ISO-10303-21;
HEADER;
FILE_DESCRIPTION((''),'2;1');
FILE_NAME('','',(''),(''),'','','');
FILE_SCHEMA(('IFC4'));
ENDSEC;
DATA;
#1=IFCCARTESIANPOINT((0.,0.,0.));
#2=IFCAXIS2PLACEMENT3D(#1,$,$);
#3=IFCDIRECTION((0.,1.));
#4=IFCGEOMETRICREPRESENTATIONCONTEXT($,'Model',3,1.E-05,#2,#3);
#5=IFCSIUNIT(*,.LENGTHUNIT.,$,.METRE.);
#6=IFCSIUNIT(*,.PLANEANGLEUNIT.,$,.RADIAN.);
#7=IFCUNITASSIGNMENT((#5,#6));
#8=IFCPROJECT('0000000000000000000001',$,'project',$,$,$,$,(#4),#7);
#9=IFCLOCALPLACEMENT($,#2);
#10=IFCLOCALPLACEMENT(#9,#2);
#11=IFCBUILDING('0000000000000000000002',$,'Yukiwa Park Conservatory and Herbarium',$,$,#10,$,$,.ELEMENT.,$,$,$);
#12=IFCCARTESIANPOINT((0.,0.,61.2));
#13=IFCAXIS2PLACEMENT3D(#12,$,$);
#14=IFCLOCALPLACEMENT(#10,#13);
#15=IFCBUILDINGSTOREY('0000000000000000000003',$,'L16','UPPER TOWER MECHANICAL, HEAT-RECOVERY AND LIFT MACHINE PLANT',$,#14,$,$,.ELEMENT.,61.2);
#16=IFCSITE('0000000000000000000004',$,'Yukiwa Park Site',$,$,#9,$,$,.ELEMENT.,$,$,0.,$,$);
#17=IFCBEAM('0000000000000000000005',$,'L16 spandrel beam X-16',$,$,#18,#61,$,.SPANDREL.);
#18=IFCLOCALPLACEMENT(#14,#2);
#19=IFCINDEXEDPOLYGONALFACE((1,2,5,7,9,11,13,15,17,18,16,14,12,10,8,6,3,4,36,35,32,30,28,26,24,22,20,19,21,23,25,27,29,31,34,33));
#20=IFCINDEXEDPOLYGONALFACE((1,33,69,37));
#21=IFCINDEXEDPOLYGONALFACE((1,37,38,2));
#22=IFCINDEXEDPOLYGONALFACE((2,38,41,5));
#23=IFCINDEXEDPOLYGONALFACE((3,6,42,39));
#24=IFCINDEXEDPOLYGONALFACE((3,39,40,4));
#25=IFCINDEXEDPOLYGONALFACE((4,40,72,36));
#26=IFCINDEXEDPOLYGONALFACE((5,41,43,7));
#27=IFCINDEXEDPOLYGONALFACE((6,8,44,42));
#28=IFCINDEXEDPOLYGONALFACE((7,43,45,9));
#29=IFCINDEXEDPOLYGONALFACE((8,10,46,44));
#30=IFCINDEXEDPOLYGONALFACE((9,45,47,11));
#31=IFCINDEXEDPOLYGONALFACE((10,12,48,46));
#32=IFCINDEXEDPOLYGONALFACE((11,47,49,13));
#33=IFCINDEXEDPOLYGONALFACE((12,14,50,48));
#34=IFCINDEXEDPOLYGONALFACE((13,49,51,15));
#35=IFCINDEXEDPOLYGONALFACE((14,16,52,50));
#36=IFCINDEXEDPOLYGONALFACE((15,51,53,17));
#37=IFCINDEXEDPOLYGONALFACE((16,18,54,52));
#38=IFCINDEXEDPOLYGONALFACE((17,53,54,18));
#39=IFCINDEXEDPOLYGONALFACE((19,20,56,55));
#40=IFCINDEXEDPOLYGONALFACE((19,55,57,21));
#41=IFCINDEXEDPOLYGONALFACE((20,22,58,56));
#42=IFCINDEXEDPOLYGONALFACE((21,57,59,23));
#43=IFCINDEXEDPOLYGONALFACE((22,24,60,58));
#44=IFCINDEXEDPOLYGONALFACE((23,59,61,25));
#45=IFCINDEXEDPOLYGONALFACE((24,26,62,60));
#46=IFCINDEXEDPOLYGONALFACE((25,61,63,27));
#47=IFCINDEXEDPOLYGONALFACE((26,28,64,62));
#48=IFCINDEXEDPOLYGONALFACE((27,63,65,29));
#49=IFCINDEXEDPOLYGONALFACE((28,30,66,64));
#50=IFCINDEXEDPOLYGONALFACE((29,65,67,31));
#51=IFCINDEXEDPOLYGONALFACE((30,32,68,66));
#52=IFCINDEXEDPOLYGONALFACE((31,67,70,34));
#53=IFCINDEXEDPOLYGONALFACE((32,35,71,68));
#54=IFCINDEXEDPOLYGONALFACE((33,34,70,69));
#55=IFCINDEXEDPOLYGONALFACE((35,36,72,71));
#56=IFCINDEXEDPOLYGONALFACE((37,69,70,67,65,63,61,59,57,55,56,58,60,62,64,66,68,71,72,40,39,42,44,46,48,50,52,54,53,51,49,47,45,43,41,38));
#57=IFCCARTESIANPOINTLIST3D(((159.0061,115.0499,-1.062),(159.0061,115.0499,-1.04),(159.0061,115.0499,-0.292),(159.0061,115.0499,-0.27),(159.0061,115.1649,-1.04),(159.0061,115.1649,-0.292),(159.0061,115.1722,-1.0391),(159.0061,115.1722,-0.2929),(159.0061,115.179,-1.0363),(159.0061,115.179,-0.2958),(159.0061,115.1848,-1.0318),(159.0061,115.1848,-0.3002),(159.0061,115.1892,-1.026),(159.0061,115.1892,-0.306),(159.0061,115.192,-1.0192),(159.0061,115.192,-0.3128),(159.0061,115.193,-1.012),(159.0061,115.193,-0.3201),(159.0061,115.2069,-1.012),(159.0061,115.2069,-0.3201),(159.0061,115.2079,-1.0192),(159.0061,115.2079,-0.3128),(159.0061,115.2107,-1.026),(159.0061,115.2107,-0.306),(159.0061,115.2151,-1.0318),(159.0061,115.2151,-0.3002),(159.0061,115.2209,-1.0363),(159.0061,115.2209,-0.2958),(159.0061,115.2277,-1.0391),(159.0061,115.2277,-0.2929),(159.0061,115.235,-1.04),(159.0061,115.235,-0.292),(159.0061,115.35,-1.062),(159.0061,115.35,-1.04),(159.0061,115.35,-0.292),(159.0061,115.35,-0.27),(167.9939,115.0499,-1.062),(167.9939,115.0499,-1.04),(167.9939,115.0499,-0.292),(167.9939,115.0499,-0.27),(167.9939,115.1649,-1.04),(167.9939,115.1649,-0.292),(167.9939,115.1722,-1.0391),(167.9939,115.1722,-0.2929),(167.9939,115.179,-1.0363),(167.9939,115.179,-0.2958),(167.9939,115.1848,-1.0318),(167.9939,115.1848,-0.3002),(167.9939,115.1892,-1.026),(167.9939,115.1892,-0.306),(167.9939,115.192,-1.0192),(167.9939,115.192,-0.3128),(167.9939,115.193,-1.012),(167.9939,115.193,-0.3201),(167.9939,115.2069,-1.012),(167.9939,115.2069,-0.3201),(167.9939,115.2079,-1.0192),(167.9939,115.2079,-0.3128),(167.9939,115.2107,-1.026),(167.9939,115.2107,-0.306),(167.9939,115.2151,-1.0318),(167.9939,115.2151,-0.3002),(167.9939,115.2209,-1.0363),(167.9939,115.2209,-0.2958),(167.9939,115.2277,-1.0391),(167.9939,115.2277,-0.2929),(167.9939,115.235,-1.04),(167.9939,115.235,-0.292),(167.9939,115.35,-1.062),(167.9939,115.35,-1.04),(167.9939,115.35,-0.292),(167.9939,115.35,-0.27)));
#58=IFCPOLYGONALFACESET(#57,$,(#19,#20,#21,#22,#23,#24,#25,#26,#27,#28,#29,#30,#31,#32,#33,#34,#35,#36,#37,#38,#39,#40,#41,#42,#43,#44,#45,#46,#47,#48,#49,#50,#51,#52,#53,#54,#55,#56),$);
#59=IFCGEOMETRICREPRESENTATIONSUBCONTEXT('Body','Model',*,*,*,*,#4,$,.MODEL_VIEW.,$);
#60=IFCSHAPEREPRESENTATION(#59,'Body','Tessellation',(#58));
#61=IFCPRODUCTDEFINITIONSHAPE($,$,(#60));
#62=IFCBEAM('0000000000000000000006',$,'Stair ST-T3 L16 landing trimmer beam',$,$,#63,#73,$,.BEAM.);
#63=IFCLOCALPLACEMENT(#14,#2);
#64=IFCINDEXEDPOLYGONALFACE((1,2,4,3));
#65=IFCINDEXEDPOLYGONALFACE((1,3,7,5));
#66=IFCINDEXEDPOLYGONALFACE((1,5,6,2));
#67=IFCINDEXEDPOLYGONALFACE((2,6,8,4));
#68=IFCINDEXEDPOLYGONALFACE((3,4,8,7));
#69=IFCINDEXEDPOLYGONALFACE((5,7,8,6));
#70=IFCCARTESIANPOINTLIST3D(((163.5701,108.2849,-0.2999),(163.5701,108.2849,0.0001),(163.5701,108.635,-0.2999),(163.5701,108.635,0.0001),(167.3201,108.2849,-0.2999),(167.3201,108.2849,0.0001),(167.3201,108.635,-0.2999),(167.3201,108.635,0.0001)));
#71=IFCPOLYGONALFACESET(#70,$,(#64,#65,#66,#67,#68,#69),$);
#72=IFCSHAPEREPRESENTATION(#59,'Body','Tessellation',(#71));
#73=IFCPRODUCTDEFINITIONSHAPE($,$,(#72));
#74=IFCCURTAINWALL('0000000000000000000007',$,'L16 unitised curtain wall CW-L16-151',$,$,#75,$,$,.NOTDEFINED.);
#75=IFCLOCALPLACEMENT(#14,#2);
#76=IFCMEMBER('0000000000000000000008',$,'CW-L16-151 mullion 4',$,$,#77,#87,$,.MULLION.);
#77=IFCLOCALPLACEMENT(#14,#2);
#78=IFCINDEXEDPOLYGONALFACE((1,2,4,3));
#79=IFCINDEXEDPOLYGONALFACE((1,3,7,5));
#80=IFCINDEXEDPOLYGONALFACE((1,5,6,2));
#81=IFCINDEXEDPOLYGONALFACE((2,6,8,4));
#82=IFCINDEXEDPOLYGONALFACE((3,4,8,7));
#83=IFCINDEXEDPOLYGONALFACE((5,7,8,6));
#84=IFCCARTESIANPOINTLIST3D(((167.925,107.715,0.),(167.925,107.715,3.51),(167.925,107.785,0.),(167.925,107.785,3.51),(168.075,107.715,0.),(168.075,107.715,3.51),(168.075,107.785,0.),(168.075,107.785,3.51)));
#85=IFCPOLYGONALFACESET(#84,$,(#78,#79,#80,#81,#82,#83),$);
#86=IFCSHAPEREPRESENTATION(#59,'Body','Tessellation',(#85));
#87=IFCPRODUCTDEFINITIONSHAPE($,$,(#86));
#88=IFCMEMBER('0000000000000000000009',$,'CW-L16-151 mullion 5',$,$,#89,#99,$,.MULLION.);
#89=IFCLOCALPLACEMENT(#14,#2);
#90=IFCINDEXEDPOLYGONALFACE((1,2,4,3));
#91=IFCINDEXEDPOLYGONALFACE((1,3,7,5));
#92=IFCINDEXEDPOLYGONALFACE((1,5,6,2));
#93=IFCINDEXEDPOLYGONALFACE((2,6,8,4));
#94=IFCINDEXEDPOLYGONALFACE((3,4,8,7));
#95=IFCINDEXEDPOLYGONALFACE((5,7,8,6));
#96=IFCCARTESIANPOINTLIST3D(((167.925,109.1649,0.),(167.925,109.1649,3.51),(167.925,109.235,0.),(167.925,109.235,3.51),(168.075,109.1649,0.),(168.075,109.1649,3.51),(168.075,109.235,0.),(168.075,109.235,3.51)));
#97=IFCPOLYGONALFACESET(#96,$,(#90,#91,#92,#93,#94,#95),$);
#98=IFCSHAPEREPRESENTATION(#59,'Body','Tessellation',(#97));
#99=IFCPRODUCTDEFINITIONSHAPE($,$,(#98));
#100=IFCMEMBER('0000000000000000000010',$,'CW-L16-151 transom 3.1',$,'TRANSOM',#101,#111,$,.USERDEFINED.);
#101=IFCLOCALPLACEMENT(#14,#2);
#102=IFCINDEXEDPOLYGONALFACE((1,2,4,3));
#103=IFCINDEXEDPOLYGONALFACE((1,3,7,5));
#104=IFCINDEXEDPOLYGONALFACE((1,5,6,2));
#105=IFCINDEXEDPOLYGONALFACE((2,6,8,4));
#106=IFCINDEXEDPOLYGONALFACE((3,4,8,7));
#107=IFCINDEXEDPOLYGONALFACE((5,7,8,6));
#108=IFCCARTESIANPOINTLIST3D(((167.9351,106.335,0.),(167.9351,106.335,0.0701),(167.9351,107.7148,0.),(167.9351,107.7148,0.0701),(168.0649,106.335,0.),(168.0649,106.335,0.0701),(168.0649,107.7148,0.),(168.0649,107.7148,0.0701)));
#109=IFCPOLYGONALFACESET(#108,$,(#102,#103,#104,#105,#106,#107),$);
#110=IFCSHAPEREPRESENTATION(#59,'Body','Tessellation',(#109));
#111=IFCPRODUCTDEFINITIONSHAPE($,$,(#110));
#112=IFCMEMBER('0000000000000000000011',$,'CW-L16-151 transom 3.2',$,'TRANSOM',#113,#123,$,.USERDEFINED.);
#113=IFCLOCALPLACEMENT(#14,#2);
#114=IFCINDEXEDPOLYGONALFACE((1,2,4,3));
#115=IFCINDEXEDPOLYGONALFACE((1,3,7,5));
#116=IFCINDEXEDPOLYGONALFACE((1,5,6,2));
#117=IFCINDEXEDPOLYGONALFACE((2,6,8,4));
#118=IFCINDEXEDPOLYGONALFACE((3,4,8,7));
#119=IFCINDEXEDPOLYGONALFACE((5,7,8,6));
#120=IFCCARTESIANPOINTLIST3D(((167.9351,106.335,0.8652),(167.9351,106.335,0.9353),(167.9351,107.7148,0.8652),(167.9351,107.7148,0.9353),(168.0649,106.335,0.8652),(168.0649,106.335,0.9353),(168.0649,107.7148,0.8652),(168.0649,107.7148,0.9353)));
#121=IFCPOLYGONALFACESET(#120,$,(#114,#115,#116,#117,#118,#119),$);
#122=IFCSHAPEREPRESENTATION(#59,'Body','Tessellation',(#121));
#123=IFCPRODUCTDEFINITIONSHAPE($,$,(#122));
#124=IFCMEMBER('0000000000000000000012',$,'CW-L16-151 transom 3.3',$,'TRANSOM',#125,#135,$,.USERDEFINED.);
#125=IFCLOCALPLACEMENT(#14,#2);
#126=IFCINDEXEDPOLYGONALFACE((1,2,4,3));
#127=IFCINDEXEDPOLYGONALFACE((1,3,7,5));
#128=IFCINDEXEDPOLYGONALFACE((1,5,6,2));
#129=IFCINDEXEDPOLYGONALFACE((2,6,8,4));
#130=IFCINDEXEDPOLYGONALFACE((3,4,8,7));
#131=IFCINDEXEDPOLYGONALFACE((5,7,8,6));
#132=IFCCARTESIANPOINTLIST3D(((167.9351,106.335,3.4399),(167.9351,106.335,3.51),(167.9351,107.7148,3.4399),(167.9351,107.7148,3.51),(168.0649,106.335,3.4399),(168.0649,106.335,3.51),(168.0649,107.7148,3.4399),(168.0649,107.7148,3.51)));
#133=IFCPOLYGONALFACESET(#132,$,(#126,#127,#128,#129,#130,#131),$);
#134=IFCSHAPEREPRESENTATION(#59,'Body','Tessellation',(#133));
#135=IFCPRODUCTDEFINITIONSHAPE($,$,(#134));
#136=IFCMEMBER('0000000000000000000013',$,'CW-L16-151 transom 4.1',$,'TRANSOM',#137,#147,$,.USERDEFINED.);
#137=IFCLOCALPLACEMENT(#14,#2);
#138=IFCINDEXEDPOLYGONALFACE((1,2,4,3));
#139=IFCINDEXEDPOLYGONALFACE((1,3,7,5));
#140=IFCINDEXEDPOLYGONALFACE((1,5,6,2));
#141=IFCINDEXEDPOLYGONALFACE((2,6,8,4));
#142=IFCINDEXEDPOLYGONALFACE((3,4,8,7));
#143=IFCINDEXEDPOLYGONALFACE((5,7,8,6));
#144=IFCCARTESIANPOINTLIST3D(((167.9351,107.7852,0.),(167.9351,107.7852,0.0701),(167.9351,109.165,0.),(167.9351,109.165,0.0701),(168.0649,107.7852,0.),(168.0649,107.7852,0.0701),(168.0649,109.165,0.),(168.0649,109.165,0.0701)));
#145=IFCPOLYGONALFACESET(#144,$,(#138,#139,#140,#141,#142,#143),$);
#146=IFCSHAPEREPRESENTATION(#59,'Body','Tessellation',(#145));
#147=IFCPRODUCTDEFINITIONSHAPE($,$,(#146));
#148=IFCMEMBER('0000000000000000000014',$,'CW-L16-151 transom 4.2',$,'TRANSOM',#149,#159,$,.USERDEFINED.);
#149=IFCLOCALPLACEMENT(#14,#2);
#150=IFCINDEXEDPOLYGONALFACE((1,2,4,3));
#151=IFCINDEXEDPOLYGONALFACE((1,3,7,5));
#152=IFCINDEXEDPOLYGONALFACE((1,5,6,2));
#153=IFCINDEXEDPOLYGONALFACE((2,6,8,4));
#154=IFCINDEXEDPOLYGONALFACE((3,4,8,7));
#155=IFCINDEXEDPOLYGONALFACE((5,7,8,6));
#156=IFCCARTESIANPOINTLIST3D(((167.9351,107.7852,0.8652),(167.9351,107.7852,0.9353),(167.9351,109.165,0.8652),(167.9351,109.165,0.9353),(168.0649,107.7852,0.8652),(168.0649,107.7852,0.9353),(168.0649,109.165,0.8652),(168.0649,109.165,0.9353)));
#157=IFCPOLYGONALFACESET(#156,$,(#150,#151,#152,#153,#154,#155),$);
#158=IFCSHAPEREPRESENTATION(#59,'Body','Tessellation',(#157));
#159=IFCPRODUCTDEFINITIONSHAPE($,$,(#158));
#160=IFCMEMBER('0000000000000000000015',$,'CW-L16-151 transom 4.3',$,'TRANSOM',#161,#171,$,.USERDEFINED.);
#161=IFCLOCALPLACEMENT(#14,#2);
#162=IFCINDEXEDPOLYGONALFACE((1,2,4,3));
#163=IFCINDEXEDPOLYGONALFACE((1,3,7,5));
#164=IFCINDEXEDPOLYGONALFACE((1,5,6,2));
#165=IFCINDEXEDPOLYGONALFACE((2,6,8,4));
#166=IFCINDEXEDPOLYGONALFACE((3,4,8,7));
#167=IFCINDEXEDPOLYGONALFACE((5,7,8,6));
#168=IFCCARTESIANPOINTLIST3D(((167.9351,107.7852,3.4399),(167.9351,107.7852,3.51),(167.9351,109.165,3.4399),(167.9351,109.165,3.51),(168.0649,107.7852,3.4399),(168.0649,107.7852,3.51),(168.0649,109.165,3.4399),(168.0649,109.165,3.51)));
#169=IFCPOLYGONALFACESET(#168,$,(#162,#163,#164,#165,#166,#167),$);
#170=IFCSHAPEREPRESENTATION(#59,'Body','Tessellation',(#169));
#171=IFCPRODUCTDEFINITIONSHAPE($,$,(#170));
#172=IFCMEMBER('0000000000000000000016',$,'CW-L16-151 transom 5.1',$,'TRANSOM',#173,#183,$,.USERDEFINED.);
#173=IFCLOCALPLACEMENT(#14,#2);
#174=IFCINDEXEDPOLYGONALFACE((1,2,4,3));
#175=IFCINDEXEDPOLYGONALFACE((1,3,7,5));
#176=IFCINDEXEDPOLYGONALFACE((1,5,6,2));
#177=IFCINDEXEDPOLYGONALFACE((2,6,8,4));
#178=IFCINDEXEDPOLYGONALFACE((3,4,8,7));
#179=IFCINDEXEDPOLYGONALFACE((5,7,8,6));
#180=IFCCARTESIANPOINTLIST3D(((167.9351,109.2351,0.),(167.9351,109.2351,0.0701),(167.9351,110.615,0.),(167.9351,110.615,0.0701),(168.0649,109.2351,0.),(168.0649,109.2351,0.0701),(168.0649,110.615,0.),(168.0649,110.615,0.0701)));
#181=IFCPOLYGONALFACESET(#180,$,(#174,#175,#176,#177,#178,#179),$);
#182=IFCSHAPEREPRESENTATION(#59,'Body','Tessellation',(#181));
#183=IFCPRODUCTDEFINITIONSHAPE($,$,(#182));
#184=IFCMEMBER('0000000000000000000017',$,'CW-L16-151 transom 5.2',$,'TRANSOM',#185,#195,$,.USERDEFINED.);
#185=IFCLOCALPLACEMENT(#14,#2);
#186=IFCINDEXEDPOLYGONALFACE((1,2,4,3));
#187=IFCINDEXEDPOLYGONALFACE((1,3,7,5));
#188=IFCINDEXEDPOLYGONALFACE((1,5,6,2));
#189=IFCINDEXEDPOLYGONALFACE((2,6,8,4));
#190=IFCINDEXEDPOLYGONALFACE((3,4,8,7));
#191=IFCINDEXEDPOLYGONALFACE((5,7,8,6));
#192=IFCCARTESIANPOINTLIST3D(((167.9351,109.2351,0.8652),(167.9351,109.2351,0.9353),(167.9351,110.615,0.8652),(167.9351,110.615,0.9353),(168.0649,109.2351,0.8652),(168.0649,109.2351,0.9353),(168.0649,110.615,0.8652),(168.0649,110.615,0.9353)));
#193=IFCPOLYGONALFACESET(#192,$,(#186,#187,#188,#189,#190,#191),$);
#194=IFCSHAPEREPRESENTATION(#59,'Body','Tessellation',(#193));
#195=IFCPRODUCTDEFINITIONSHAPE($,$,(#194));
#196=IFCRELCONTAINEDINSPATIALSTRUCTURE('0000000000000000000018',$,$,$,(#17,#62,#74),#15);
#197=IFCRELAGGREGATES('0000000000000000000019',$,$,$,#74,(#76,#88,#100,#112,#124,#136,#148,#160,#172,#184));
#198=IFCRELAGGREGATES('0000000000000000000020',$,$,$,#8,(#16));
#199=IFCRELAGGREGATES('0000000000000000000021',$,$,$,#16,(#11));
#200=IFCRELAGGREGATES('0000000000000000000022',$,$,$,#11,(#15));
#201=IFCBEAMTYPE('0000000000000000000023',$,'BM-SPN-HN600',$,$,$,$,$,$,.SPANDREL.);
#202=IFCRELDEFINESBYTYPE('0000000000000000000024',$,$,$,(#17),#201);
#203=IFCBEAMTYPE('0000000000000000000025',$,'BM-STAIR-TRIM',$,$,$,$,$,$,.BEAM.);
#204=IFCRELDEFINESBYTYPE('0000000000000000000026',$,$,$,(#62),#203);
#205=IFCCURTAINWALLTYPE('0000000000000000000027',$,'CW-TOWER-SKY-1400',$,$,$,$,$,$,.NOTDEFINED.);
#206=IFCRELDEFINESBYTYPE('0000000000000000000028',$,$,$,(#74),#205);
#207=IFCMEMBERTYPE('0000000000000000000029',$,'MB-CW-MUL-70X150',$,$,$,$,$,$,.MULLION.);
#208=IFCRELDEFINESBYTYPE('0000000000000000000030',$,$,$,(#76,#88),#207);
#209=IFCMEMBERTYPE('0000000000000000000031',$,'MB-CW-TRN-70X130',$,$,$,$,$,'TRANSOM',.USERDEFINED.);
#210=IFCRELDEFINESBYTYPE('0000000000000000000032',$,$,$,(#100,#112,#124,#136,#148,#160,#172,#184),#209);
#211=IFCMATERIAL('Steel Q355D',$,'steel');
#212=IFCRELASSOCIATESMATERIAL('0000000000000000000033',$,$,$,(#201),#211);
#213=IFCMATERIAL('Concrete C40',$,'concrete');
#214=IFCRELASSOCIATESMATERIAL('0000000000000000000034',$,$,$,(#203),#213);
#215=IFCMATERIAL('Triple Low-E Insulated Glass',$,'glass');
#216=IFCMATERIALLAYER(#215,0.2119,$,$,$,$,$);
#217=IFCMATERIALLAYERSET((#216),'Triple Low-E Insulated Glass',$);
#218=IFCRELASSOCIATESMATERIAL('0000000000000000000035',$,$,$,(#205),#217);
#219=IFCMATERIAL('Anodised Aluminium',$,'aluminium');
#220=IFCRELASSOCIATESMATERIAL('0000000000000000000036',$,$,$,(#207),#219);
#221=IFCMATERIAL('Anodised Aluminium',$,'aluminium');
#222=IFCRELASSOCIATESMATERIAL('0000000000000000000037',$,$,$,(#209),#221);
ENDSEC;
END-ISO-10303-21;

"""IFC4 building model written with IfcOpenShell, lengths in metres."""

from ifc_helpers import new_model, si_unit, direction, frame, origin, origin_2d, place, context, subcontext, project, spatial, rectangle, i_section, extrude, material, layer, layer_set, material_profile, profile_set, type_object, element, aggregate, save


model = new_model("IFC4")

# Units and contexts
model_context = context("Model", 3, precision=1e-05, world=origin(), true_north=direction((0.0, 1.0)))
body_context = subcontext(model_context, "Body", "Model", "MODEL_VIEW")
ifc_project = project(units=[si_unit("LENGTHUNIT", "METRE"), si_unit("PLANEANGLEUNIT", "RADIAN")], contexts=[model_context])

# Site, building, storey
site_placement = place(None, origin())
site = spatial("IfcSite", under=ifc_project, at=site_placement, Name="Yukiwa Park Site", CompositionType="ELEMENT", RefElevation=0.0)
building_placement = place(site_placement, origin())
building = spatial("IfcBuilding", under=site, at=building_placement, Name="Yukiwa Park Conservatory and Herbarium", CompositionType="ELEMENT")
storey_placement = place(building_placement, frame((0.0, 0.0, 61.2)))
storey = spatial("IfcBuildingStorey", under=building, at=storey_placement, Name="L16", Description="UPPER TOWER MECHANICAL, HEAT-RECOVERY AND LIFT MACHINE PLANT", CompositionType="ELEMENT", Elevation=61.2)

# Beams
ifc_material_1 = material(Name="Steel Q355D", Category="steel")
ifc_material_profile_1 = material_profile(ifc_material_1, i_section(OverallWidth=0.3, OverallDepth=0.792, WebThickness=0.0139, FlangeThickness=0.022, FilletRadius=0.0281, at=origin_2d()), Name="HN 792x300x14x22")
ifc_profile_set_1 = profile_set([ifc_material_profile_1], Name="Steel Q355D")
beam_type_1 = type_object("IfcBeamType", Name="BM-SPN-HN600", PredefinedType="SPANDREL", material=ifc_profile_set_1)
beam_1_placement = place(storey_placement, frame((159.0061, 115.2, -0.666), z_axis=(1.0, 0.0, 0.0), x_axis=(0.0, 1.0, 0.0)))
element("IfcBeam", 1, at=beam_1_placement, inside=storey, type_object=beam_type_1, Name="L16 spandrel beam X-16", PredefinedType="SPANDREL", context=body_context, shape_type="SweptSolid", body=[
    extrude(i_section(OverallWidth=0.3, OverallDepth=0.792, WebThickness=0.0139, FlangeThickness=0.022, FilletRadius=0.0281, at=origin_2d()), origin(), (0.0, 0.0, 1.0), 8.9878),
])
ifc_material_2 = material(Name="Concrete C40", Category="concrete")
ifc_material_profile_2 = material_profile(ifc_material_2, rectangle(XDim=0.3501, YDim=0.3, at=origin_2d()), Name="RC 350x300")
ifc_profile_set_2 = profile_set([ifc_material_profile_2], Name="Concrete C40")
beam_type_2 = type_object("IfcBeamType", Name="BM-STAIR-TRIM", PredefinedType="BEAM", material=ifc_profile_set_2)
beam_2_placement = place(storey_placement, frame((163.5701, 108.46, -0.1499), z_axis=(1.0, 0.0, 0.0), x_axis=(0.0, 1.0, 0.0)))
element("IfcBeam", 2, at=beam_2_placement, inside=storey, type_object=beam_type_2, Name="Stair ST-T3 L16 landing trimmer beam", PredefinedType="BEAM", context=body_context, shape_type="SweptSolid", body=[
    extrude(rectangle(XDim=0.3501, YDim=0.3, at=origin_2d()), origin(), (0.0, 0.0, 1.0), 3.75),
])

# Curtain wall, members
ifc_material_3 = material(Name="Triple Low-E Insulated Glass", Category="glass")
ifc_layer_1 = layer(ifc_material_3, 0.2119)
ifc_layer_set_1 = layer_set([ifc_layer_1], Name="Triple Low-E Insulated Glass")
curtain_wall_type = type_object("IfcCurtainWallType", Name="CW-TOWER-SKY-1400", PredefinedType="NOTDEFINED", material=ifc_layer_set_1)
curtain_wall_placement = place(storey_placement, origin())
curtain_wall = element("IfcCurtainWall", 3, at=curtain_wall_placement, inside=storey, type_object=curtain_wall_type, Name="L16 unitised curtain wall CW-L16-151", PredefinedType="NOTDEFINED")
ifc_material_4 = material(Name="Anodised Aluminium", Category="aluminium")
member_type_1 = type_object("IfcMemberType", Name="MB-CW-MUL-70X150", PredefinedType="MULLION", material=ifc_material_4)
member_1_placement = place(storey_placement, frame((168.0, 107.75, 0.0), z_axis=(0.0, 0.0, 1.0), x_axis=(0.0, 1.0, 0.0)))
member_1 = element("IfcMember", 4, at=member_1_placement, type_object=member_type_1, Name="CW-L16-151 mullion 4", PredefinedType="MULLION", context=body_context, shape_type="SweptSolid", body=[
    extrude(rectangle(XDim=0.0701, YDim=0.1499, at=origin_2d()), origin(), (0.0, 0.0, 1.0), 3.51),
])
member_2_placement = place(storey_placement, frame((168.0, 109.2, 0.0), z_axis=(0.0, 0.0, 1.0), x_axis=(0.0, 1.0, 0.0)))
member_2 = element("IfcMember", 5, at=member_2_placement, type_object=member_type_1, Name="CW-L16-151 mullion 5", PredefinedType="MULLION", context=body_context, shape_type="SweptSolid", body=[
    extrude(rectangle(XDim=0.0701, YDim=0.1499, at=origin_2d()), origin(), (0.0, 0.0, 1.0), 3.51),
])
ifc_material_5 = material(Name="Anodised Aluminium", Category="aluminium")
member_type_2 = type_object("IfcMemberType", Name="MB-CW-TRN-70X130", ElementType="TRANSOM", PredefinedType="USERDEFINED", material=ifc_material_5)
member_3_placement = place(storey_placement, frame((168.0, 107.0249, 0.0), z_axis=(0.0, 0.0, 1.0), x_axis=(0.0, 1.0, 0.0)))
member_3 = element("IfcMember", 6, at=member_3_placement, type_object=member_type_2, Name="CW-L16-151 transom 3.1", ObjectType="TRANSOM", PredefinedType="USERDEFINED", context=body_context, shape_type="SweptSolid", body=[
    extrude(rectangle(XDim=1.3799, YDim=0.1299, at=origin_2d()), origin(), (0.0, 0.0, 1.0), 0.0701),
])
member_4_placement = place(storey_placement, frame((168.0, 107.0249, 0.8652), z_axis=(0.0, 0.0, 1.0), x_axis=(0.0, 1.0, 0.0)))
member_4 = element("IfcMember", 7, at=member_4_placement, type_object=member_type_2, Name="CW-L16-151 transom 3.2", ObjectType="TRANSOM", PredefinedType="USERDEFINED", context=body_context, shape_type="SweptSolid", body=[
    extrude(rectangle(XDim=1.3799, YDim=0.1299, at=origin_2d()), origin(), (0.0, 0.0, 1.0), 0.0701),
])
member_5_placement = place(storey_placement, frame((168.0, 107.0249, 3.4399), z_axis=(0.0, 0.0, 1.0), x_axis=(0.0, 1.0, 0.0)))
member_5 = element("IfcMember", 8, at=member_5_placement, type_object=member_type_2, Name="CW-L16-151 transom 3.3", ObjectType="TRANSOM", PredefinedType="USERDEFINED", context=body_context, shape_type="SweptSolid", body=[
    extrude(rectangle(XDim=1.3799, YDim=0.1299, at=origin_2d()), origin(), (0.0, 0.0, 1.0), 0.0701),
])
member_6_placement = place(storey_placement, frame((168.0, 108.4751, 0.0), z_axis=(0.0, 0.0, 1.0), x_axis=(0.0, 1.0, 0.0)))
member_6 = element("IfcMember", 9, at=member_6_placement, type_object=member_type_2, Name="CW-L16-151 transom 4.1", ObjectType="TRANSOM", PredefinedType="USERDEFINED", context=body_context, shape_type="SweptSolid", body=[
    extrude(rectangle(XDim=1.3799, YDim=0.1299, at=origin_2d()), origin(), (0.0, 0.0, 1.0), 0.0701),
])
member_7_placement = place(storey_placement, frame((168.0, 108.4751, 0.8652), z_axis=(0.0, 0.0, 1.0), x_axis=(0.0, 1.0, 0.0)))
member_7 = element("IfcMember", 10, at=member_7_placement, type_object=member_type_2, Name="CW-L16-151 transom 4.2", ObjectType="TRANSOM", PredefinedType="USERDEFINED", context=body_context, shape_type="SweptSolid", body=[
    extrude(rectangle(XDim=1.3799, YDim=0.1299, at=origin_2d()), origin(), (0.0, 0.0, 1.0), 0.0701),
])
member_8_placement = place(storey_placement, frame((168.0, 108.4751, 3.4399), z_axis=(0.0, 0.0, 1.0), x_axis=(0.0, 1.0, 0.0)))
member_8 = element("IfcMember", 11, at=member_8_placement, type_object=member_type_2, Name="CW-L16-151 transom 4.3", ObjectType="TRANSOM", PredefinedType="USERDEFINED", context=body_context, shape_type="SweptSolid", body=[
    extrude(rectangle(XDim=1.3799, YDim=0.1299, at=origin_2d()), origin(), (0.0, 0.0, 1.0), 0.0701),
])
member_9_placement = place(storey_placement, frame((168.0, 109.925, 0.0), z_axis=(0.0, 0.0, 1.0), x_axis=(0.0, 1.0, 0.0)))
member_9 = element("IfcMember", 12, at=member_9_placement, type_object=member_type_2, Name="CW-L16-151 transom 5.1", ObjectType="TRANSOM", PredefinedType="USERDEFINED", context=body_context, shape_type="SweptSolid", body=[
    extrude(rectangle(XDim=1.3799, YDim=0.1299, at=origin_2d()), origin(), (0.0, 0.0, 1.0), 0.0701),
])
member_10_placement = place(storey_placement, frame((168.0, 109.925, 0.8652), z_axis=(0.0, 0.0, 1.0), x_axis=(0.0, 1.0, 0.0)))
member_10 = element("IfcMember", 13, at=member_10_placement, type_object=member_type_2, Name="CW-L16-151 transom 5.2", ObjectType="TRANSOM", PredefinedType="USERDEFINED", context=body_context, shape_type="SweptSolid", body=[
    extrude(rectangle(XDim=1.3799, YDim=0.1299, at=origin_2d()), origin(), (0.0, 0.0, 1.0), 0.0701),
])
aggregate(curtain_wall, [member_1, member_2, member_3, member_4, member_5, member_6, member_7, member_8, member_9, member_10])

save(model, "model.ifc")
